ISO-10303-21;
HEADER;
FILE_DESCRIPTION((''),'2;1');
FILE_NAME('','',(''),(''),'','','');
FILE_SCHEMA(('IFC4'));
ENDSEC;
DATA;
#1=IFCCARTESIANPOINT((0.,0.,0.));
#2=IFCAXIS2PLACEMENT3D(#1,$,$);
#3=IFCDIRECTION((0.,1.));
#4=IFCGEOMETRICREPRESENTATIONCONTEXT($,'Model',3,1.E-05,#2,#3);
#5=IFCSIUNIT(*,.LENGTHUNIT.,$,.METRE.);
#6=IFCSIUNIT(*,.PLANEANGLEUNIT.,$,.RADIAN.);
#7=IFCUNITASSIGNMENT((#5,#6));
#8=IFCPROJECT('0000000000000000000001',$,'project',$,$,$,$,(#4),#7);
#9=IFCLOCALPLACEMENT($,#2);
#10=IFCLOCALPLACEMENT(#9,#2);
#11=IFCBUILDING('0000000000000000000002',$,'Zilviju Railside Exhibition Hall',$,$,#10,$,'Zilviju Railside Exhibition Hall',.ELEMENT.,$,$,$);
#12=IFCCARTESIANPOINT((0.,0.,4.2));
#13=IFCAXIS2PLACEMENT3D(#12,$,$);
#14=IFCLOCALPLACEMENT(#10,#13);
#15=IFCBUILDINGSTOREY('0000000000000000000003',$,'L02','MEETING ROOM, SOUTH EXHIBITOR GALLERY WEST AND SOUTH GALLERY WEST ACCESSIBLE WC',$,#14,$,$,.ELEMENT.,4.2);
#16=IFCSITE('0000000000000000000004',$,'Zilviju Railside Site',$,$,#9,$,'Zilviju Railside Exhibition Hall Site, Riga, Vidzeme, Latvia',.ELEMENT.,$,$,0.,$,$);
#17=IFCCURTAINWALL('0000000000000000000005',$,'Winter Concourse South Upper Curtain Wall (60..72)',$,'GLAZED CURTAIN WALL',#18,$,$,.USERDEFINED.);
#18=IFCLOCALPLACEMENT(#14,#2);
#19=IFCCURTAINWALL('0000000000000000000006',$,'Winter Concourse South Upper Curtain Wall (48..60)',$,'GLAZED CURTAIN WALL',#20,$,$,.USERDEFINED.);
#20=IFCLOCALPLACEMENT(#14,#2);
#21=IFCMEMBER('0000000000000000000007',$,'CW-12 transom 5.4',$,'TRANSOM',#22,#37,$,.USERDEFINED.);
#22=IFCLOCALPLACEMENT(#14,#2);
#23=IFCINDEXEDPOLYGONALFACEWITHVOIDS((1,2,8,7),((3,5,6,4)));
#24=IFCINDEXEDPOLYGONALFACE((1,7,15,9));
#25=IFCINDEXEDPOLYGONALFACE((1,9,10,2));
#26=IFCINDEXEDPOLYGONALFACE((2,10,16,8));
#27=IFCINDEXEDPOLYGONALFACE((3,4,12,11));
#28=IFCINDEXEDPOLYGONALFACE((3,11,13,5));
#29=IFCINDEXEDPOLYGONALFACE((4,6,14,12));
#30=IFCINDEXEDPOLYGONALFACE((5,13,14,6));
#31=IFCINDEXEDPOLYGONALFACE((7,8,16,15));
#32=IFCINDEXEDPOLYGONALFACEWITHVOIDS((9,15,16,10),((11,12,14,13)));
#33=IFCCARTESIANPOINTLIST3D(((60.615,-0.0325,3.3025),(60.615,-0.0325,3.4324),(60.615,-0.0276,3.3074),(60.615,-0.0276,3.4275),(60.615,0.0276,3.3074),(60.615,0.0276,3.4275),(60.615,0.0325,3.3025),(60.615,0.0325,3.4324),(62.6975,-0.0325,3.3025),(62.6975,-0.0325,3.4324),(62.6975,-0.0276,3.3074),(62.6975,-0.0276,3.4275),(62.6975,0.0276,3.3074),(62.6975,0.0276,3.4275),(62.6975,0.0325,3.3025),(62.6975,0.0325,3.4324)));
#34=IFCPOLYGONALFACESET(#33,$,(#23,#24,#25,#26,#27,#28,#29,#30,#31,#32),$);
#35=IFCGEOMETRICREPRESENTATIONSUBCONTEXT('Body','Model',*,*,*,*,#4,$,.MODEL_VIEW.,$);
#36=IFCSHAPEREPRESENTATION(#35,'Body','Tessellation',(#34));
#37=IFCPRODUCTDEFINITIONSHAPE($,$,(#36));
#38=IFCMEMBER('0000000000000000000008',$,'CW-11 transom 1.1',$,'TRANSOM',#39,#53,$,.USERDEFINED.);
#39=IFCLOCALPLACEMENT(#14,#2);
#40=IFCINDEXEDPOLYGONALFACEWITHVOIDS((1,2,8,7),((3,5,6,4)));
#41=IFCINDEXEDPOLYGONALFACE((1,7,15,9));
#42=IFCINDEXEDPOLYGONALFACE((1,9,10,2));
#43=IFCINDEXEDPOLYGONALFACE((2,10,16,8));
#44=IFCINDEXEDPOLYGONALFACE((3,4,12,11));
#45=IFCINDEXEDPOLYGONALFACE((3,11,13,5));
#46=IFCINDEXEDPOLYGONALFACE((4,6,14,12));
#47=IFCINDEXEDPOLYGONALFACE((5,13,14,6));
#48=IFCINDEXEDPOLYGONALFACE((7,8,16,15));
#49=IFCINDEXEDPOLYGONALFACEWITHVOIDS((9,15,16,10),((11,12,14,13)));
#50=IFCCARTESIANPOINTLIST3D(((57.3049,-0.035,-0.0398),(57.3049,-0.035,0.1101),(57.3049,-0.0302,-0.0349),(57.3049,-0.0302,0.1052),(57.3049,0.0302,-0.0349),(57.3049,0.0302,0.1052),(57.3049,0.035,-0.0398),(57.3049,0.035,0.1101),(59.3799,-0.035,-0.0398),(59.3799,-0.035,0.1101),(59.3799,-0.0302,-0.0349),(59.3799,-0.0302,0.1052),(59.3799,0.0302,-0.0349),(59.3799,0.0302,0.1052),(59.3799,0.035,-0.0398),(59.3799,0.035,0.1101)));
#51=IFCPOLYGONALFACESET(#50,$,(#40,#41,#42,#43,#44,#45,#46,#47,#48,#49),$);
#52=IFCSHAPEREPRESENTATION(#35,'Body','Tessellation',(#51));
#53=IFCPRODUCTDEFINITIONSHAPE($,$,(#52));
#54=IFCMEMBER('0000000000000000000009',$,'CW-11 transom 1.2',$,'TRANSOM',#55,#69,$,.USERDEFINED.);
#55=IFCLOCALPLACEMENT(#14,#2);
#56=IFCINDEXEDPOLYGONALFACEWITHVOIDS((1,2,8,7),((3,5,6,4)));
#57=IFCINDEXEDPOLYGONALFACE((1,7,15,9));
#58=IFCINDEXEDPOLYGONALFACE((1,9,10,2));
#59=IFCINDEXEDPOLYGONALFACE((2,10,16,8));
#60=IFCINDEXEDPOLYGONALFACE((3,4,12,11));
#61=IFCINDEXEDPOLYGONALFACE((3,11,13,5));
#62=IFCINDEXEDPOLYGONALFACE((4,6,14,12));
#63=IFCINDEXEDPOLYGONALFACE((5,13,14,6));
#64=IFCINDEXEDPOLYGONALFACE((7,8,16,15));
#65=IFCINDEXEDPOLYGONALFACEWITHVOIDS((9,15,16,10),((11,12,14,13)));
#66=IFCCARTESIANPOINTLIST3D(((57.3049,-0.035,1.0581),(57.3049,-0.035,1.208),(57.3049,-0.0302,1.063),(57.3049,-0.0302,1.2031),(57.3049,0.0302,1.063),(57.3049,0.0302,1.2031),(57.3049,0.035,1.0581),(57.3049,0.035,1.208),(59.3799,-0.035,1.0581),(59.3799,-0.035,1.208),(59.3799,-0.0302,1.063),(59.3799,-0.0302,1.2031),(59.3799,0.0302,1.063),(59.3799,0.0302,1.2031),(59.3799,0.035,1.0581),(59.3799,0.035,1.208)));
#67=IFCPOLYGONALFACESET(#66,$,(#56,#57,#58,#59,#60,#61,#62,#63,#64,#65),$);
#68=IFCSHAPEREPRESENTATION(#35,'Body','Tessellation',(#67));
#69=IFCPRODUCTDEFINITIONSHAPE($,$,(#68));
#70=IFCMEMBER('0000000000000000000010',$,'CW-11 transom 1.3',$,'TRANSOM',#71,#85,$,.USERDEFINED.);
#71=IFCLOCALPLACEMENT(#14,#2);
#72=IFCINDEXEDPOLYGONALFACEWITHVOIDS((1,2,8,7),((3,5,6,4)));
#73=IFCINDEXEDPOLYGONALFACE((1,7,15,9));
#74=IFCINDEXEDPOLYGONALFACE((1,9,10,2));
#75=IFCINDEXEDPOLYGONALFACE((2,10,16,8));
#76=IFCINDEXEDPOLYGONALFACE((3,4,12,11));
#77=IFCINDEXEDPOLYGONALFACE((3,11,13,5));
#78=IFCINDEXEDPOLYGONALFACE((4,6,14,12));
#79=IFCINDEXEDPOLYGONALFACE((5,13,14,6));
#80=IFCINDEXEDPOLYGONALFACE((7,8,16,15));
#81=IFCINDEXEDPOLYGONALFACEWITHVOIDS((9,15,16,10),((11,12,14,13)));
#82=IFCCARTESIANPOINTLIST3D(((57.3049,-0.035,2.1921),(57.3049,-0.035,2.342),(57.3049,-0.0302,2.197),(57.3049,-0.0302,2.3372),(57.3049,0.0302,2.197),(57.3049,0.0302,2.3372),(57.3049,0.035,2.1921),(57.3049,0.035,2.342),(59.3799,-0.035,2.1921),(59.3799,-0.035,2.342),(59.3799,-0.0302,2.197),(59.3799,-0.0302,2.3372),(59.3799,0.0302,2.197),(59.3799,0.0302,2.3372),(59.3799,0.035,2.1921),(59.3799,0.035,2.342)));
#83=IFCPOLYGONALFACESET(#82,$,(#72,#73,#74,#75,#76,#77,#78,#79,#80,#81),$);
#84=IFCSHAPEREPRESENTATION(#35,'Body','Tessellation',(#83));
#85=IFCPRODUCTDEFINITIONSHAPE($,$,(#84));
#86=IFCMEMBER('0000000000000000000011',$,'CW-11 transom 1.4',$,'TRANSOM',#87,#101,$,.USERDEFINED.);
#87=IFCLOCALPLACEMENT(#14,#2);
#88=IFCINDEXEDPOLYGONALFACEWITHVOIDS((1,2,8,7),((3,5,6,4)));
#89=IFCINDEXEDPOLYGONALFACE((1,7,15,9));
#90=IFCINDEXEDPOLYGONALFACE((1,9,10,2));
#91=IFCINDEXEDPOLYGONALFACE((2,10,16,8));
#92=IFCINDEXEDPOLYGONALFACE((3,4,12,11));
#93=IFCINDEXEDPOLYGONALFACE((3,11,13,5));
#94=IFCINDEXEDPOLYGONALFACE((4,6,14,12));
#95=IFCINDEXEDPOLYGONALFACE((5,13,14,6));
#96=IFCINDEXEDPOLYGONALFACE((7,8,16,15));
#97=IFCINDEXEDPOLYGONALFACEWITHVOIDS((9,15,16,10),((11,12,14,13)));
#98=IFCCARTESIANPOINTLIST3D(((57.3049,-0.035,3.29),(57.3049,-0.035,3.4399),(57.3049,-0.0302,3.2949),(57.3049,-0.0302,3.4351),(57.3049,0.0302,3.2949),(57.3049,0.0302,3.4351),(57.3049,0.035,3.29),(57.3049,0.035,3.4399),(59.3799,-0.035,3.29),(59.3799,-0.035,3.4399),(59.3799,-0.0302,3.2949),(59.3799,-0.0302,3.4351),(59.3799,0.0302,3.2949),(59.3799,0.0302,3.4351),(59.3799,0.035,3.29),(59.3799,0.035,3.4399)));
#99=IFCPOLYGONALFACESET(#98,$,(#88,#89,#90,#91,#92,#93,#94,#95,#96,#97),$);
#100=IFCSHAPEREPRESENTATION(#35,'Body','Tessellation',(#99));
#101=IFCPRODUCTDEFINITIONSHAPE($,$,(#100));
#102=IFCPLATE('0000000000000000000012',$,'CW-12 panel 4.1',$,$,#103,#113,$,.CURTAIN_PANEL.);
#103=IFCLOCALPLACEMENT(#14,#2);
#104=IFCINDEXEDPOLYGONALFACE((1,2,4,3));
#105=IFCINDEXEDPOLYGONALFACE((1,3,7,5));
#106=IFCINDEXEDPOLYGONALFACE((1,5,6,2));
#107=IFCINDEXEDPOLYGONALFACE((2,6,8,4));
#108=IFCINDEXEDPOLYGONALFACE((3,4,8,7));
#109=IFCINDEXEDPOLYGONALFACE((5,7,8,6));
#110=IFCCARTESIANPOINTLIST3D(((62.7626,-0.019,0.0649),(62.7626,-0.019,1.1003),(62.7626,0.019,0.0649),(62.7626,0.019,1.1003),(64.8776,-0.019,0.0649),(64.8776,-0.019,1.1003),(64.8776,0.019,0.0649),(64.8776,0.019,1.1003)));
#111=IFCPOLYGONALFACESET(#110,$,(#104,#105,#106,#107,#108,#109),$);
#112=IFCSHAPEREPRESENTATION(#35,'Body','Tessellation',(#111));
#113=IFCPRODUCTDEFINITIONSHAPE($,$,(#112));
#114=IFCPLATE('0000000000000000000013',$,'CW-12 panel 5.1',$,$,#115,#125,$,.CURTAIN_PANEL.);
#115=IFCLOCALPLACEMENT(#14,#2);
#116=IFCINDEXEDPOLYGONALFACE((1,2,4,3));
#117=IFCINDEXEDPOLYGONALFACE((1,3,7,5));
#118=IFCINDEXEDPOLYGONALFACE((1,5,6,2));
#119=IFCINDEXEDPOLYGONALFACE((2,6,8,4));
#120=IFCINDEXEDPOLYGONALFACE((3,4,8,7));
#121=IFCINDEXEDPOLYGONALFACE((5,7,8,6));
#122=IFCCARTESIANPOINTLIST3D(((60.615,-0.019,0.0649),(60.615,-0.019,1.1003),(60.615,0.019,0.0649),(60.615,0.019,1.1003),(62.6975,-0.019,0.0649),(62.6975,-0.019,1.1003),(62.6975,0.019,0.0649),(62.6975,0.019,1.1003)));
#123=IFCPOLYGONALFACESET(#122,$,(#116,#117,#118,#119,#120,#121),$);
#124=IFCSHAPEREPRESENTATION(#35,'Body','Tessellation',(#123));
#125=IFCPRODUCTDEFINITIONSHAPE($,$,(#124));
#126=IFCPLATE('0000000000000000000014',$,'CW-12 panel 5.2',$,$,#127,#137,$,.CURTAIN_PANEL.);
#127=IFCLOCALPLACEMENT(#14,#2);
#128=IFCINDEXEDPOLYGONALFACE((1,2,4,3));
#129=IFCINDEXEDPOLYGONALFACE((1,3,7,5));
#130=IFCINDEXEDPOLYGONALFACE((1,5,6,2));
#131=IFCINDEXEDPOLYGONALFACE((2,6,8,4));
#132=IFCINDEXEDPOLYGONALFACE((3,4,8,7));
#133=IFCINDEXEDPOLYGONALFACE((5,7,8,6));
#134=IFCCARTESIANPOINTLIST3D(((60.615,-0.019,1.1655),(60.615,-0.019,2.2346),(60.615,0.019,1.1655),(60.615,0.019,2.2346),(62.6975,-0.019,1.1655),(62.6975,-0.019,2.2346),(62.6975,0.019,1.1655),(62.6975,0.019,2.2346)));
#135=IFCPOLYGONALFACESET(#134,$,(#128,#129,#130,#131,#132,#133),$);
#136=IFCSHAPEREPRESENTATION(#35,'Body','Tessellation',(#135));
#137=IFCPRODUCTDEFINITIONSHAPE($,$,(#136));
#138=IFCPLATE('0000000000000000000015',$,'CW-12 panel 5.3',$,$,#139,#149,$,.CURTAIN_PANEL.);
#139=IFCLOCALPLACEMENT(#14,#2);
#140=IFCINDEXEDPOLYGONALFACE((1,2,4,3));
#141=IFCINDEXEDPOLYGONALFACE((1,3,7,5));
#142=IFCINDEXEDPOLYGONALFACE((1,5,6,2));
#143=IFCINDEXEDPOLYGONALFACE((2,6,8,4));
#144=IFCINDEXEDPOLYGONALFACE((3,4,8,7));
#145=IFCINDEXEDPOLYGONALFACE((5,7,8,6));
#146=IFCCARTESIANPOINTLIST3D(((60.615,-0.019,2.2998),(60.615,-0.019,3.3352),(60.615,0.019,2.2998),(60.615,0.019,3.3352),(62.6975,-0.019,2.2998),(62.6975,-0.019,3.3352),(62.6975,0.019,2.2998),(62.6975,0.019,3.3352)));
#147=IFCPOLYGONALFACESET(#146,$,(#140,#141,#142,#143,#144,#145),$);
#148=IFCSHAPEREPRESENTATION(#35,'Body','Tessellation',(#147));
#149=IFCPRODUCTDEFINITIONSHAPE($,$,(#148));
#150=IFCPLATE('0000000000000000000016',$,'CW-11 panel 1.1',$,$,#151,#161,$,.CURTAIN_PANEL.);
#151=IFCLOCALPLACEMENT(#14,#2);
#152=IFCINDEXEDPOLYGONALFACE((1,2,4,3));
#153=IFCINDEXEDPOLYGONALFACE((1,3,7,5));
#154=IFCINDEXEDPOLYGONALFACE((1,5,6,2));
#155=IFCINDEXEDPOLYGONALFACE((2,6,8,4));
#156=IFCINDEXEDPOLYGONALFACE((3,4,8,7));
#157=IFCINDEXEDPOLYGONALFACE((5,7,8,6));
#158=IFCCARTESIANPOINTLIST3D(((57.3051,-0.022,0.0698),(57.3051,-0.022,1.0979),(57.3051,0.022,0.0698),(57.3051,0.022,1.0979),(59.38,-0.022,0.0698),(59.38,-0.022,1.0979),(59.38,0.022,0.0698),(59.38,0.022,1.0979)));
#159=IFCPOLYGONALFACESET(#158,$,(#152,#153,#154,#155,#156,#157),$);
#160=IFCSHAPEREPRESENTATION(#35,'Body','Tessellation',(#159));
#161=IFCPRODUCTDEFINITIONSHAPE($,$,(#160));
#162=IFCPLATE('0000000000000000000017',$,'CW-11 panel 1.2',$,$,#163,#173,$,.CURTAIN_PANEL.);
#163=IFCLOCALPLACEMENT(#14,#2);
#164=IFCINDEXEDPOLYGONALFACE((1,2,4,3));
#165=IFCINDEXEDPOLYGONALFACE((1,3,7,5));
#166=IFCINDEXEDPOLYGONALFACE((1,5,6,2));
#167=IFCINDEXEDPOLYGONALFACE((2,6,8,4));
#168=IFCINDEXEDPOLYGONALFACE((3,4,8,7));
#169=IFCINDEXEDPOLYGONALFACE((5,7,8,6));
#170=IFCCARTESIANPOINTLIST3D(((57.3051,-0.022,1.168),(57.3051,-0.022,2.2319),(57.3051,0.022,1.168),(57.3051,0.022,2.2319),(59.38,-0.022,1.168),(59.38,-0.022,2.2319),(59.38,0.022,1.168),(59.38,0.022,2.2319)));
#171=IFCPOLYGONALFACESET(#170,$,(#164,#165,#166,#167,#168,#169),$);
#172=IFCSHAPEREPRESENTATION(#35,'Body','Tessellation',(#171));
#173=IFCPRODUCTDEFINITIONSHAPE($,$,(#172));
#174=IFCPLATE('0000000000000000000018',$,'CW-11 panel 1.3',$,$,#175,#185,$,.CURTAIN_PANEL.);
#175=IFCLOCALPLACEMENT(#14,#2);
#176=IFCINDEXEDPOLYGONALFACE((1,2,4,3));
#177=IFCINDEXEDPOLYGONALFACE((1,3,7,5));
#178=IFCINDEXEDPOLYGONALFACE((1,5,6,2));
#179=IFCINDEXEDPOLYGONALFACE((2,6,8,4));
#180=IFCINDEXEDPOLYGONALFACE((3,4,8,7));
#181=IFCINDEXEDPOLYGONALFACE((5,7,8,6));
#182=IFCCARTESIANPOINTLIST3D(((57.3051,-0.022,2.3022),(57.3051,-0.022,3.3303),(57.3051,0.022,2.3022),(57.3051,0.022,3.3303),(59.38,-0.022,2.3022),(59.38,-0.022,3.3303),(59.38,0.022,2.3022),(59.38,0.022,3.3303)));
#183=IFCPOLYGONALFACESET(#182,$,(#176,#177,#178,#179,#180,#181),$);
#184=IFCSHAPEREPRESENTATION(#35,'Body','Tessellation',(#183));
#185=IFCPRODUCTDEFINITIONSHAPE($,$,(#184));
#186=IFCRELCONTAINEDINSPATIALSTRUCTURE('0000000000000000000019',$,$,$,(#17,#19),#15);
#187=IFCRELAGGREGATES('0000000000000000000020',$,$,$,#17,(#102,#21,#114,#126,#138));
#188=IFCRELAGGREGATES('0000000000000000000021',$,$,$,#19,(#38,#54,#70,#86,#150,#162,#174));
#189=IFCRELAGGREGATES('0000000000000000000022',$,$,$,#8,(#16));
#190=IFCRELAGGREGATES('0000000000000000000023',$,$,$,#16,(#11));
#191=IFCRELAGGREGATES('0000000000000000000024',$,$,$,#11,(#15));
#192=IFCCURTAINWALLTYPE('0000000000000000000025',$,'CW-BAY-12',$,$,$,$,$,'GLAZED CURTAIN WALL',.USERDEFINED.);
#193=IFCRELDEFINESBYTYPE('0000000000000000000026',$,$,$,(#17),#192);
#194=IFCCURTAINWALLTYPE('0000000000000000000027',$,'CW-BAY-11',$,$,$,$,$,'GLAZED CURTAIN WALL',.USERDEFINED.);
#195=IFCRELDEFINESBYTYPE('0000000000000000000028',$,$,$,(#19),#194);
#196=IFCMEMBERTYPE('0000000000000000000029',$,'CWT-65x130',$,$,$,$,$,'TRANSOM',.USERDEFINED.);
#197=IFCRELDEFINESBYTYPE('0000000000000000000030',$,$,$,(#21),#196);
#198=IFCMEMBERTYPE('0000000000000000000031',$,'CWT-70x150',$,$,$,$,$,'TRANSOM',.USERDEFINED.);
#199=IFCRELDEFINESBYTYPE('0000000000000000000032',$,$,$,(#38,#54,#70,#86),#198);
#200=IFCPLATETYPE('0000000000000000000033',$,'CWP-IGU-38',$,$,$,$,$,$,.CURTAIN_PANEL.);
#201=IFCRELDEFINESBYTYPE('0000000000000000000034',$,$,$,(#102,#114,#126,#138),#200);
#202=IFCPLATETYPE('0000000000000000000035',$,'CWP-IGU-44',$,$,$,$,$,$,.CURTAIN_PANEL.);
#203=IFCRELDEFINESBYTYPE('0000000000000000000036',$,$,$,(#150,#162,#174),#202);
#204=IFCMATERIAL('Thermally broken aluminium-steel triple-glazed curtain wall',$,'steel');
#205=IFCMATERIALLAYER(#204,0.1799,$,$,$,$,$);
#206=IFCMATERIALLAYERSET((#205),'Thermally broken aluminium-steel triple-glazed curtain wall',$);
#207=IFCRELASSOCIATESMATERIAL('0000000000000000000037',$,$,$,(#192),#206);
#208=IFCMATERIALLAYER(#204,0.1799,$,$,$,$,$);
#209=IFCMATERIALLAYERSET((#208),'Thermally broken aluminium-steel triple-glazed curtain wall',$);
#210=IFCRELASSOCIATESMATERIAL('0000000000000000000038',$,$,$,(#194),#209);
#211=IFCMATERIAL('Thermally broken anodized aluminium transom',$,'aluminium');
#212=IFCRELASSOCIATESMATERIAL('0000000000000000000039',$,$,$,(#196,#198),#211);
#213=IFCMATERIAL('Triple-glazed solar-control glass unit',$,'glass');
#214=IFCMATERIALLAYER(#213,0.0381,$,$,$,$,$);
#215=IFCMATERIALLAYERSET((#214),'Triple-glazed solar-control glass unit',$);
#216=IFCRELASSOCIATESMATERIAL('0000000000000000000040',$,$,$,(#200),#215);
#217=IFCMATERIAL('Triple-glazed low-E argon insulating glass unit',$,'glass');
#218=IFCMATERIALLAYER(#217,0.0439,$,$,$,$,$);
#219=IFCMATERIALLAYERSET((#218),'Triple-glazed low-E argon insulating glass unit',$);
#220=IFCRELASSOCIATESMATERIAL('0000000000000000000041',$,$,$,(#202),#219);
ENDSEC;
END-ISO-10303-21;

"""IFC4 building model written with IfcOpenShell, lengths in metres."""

from ifc_helpers import new_model, si_unit, direction, frame, origin, origin_2d, place, context, subcontext, project, spatial, rectangle, hollow_rectangle, extrude, material, layer, layer_set, material_profile, profile_set, type_object, element, aggregate, save


model = new_model("IFC4")

# Units and contexts
model_context = context("Model", 3, precision=1e-05, world=origin(), true_north=direction((0.0, 1.0)))
body_context = subcontext(model_context, "Body", "Model", "MODEL_VIEW")
ifc_project = project(units=[si_unit("LENGTHUNIT", "METRE"), si_unit("PLANEANGLEUNIT", "RADIAN")], contexts=[model_context])

# Site, building, storey
site_placement = place(None, origin())
site = spatial("IfcSite", under=ifc_project, at=site_placement, Name="Zilviju Railside Site", LongName="Zilviju Railside Exhibition Hall Site, Riga, Vidzeme, Latvia", CompositionType="ELEMENT", RefElevation=0.0)
building_placement = place(site_placement, origin())
building = spatial("IfcBuilding", under=site, at=building_placement, Name="Zilviju Railside Exhibition Hall", LongName="Zilviju Railside Exhibition Hall", CompositionType="ELEMENT")
storey_placement = place(building_placement, frame((0.0, 0.0, 4.2)))
storey = spatial("IfcBuildingStorey", under=building, at=storey_placement, Name="L02", Description="MEETING ROOM, SOUTH EXHIBITOR GALLERY WEST AND SOUTH GALLERY WEST ACCESSIBLE WC", CompositionType="ELEMENT", Elevation=4.2)

# Curtain wall
ifc_material_1 = material(Name="Thermally broken aluminium-steel triple-glazed curtain wall", Category="steel")
ifc_layer_1 = layer(ifc_material_1, 0.1799)
ifc_layer_set_1 = layer_set([ifc_layer_1], Name="Thermally broken aluminium-steel triple-glazed curtain wall")
curtain_wall_type_1 = type_object("IfcCurtainWallType", Name="CW-BAY-12", ElementType="GLAZED CURTAIN WALL", PredefinedType="USERDEFINED", material=ifc_layer_set_1)
curtain_wall_1_placement = place(storey_placement, origin())
curtain_wall_1 = element("IfcCurtainWall", 1, at=curtain_wall_1_placement, inside=storey, type_object=curtain_wall_type_1, Name="Winter Concourse South Upper Curtain Wall (60..72)", ObjectType="GLAZED CURTAIN WALL", PredefinedType="USERDEFINED")

# Curtain wall
ifc_layer_2 = layer(ifc_material_1, 0.1799)
ifc_layer_set_2 = layer_set([ifc_layer_2], Name="Thermally broken aluminium-steel triple-glazed curtain wall")
curtain_wall_type_2 = type_object("IfcCurtainWallType", Name="CW-BAY-11", ElementType="GLAZED CURTAIN WALL", PredefinedType="USERDEFINED", material=ifc_layer_set_2)
curtain_wall_2_placement = place(storey_placement, origin())
curtain_wall_2 = element("IfcCurtainWall", 2, at=curtain_wall_2_placement, inside=storey, type_object=curtain_wall_type_2, Name="Winter Concourse South Upper Curtain Wall (48..60)", ObjectType="GLAZED CURTAIN WALL", PredefinedType="USERDEFINED")

# Members
ifc_material_2 = material(Name="Thermally broken anodized aluminium transom", Category="aluminium")
ifc_material_profile_1 = material_profile(ifc_material_2, hollow_rectangle(XDim=0.0649, YDim=0.1299, WallThickness=0.0049, at=origin_2d()), Name="TRANSOM 130x65x5")
ifc_profile_set_1 = profile_set([ifc_material_profile_1], Name="Thermally broken anodized aluminium transom")
member_type_1 = type_object("IfcMemberType", Name="CWT-65x130", ElementType="TRANSOM", PredefinedType="USERDEFINED", material=ifc_profile_set_1)
member_1_placement = place(storey_placement, frame((62.6975, 0.0, 3.3674), z_axis=(-1.0, 0.0, 0.0), x_axis=(0.0, -1.0, 0.0)))
member_1 = element("IfcMember", 3, at=member_1_placement, type_object=member_type_1, Name="CW-12 transom 5.4", ObjectType="TRANSOM", PredefinedType="USERDEFINED", context=body_context, shape_type="SweptSolid", body=[
    extrude(hollow_rectangle(XDim=0.0649, YDim=0.1299, WallThickness=0.0049, at=origin_2d()), origin(), (0.0, 0.0, 1.0), 2.0825),
])
ifc_material_profile_2 = material_profile(ifc_material_2, hollow_rectangle(XDim=0.0701, YDim=0.1499, WallThickness=0.0049, at=origin_2d()), Name="TRANSOM 150x70x5")
ifc_profile_set_2 = profile_set([ifc_material_profile_2], Name="Thermally broken anodized aluminium transom")
member_type_2 = type_object("IfcMemberType", Name="CWT-70x150", ElementType="TRANSOM", PredefinedType="USERDEFINED", material=ifc_profile_set_2)
member_2_placement = place(storey_placement, frame((59.3799, 0.0, 0.0352), z_axis=(-1.0, 0.0, 0.0), x_axis=(0.0, -1.0, 0.0)))
member_2 = element("IfcMember", 4, at=member_2_placement, type_object=member_type_2, Name="CW-11 transom 1.1", ObjectType="TRANSOM", PredefinedType="USERDEFINED", context=body_context, shape_type="SweptSolid", body=[
    extrude(hollow_rectangle(XDim=0.0701, YDim=0.1499, WallThickness=0.0049, at=origin_2d()), origin(), (0.0, 0.0, 1.0), 2.075),
])
member_3_placement = place(storey_placement, frame((59.3799, 0.0, 1.1331), z_axis=(-1.0, 0.0, 0.0), x_axis=(0.0, -1.0, 0.0)))
member_3 = element("IfcMember", 5, at=member_3_placement, type_object=member_type_2, Name="CW-11 transom 1.2", ObjectType="TRANSOM", PredefinedType="USERDEFINED", context=body_context, shape_type="SweptSolid", body=[
    extrude(hollow_rectangle(XDim=0.0701, YDim=0.1499, WallThickness=0.0049, at=origin_2d()), origin(), (0.0, 0.0, 1.0), 2.075),
])
member_4_placement = place(storey_placement, frame((59.3799, 0.0, 2.2671), z_axis=(-1.0, 0.0, 0.0), x_axis=(0.0, -1.0, 0.0)))
member_4 = element("IfcMember", 6, at=member_4_placement, type_object=member_type_2, Name="CW-11 transom 1.3", ObjectType="TRANSOM", PredefinedType="USERDEFINED", context=body_context, shape_type="SweptSolid", body=[
    extrude(hollow_rectangle(XDim=0.0701, YDim=0.1499, WallThickness=0.0049, at=origin_2d()), origin(), (0.0, 0.0, 1.0), 2.075),
])
member_5_placement = place(storey_placement, frame((59.3799, 0.0, 3.365), z_axis=(-1.0, 0.0, 0.0), x_axis=(0.0, -1.0, 0.0)))
member_5 = element("IfcMember", 7, at=member_5_placement, type_object=member_type_2, Name="CW-11 transom 1.4", ObjectType="TRANSOM", PredefinedType="USERDEFINED", context=body_context, shape_type="SweptSolid", body=[
    extrude(hollow_rectangle(XDim=0.0701, YDim=0.1499, WallThickness=0.0049, at=origin_2d()), origin(), (0.0, 0.0, 1.0), 2.075),
])

# Plates
ifc_material_3 = material(Name="Triple-glazed solar-control glass unit", Category="glass")
ifc_layer_3 = layer(ifc_material_3, 0.0381)
ifc_layer_set_3 = layer_set([ifc_layer_3], Name="Triple-glazed solar-control glass unit")
plate_type_1 = type_object("IfcPlateType", Name="CWP-IGU-38", PredefinedType="CURTAIN_PANEL", material=ifc_layer_set_3)
plate_1_placement = place(storey_placement, frame((63.8201, 0.0, 0.0649), z_axis=(0.0, 0.0, 1.0), x_axis=(-1.0, 0.0, 0.0)))
plate_1 = element("IfcPlate", 8, at=plate_1_placement, type_object=plate_type_1, Name="CW-12 panel 4.1", PredefinedType="CURTAIN_PANEL", context=body_context, shape_type="SweptSolid", body=[
    extrude(rectangle(XDim=2.115, YDim=0.0381, at=origin_2d()), origin(), (0.0, 0.0, 1.0), 1.0354),
])
plate_2_placement = place(storey_placement, frame((61.6562, 0.0, 0.0649), z_axis=(0.0, 0.0, 1.0), x_axis=(-1.0, 0.0, 0.0)))
plate_2 = element("IfcPlate", 9, at=plate_2_placement, type_object=plate_type_1, Name="CW-12 panel 5.1", PredefinedType="CURTAIN_PANEL", context=body_context, shape_type="SweptSolid", body=[
    extrude(rectangle(XDim=2.0825, YDim=0.0381, at=origin_2d()), origin(), (0.0, 0.0, 1.0), 1.0354),
])
plate_3_placement = place(storey_placement, frame((61.6562, 0.0, 1.1655), z_axis=(0.0, 0.0, 1.0), x_axis=(-1.0, 0.0, 0.0)))
plate_3 = element("IfcPlate", 10, at=plate_3_placement, type_object=plate_type_1, Name="CW-12 panel 5.2", PredefinedType="CURTAIN_PANEL", context=body_context, shape_type="SweptSolid", body=[
    extrude(rectangle(XDim=2.0825, YDim=0.0381, at=origin_2d()), origin(), (0.0, 0.0, 1.0), 1.0691),
])
plate_4_placement = place(storey_placement, frame((61.6562, 0.0, 2.2998), z_axis=(0.0, 0.0, 1.0), x_axis=(-1.0, 0.0, 0.0)))
plate_4 = element("IfcPlate", 11, at=plate_4_placement, type_object=plate_type_1, Name="CW-12 panel 5.3", PredefinedType="CURTAIN_PANEL", context=body_context, shape_type="SweptSolid", body=[
    extrude(rectangle(XDim=2.0825, YDim=0.0381, at=origin_2d()), origin(), (0.0, 0.0, 1.0), 1.0354),
])
aggregate(curtain_wall_1, [plate_1, member_1, plate_2, plate_3, plate_4])
ifc_material_4 = material(Name="Triple-glazed low-E argon insulating glass unit", Category="glass")
ifc_layer_4 = layer(ifc_material_4, 0.0439)
ifc_layer_set_4 = layer_set([ifc_layer_4], Name="Triple-glazed low-E argon insulating glass unit")
plate_type_2 = type_object("IfcPlateType", Name="CWP-IGU-44", PredefinedType="CURTAIN_PANEL", material=ifc_layer_set_4)
plate_5_placement = place(storey_placement, frame((58.3425, 0.0, 0.0698), z_axis=(0.0, 0.0, 1.0), x_axis=(-1.0, 0.0, 0.0)))
plate_5 = element("IfcPlate", 12, at=plate_5_placement, type_object=plate_type_2, Name="CW-11 panel 1.1", PredefinedType="CURTAIN_PANEL", context=body_context, shape_type="SweptSolid", body=[
    extrude(rectangle(XDim=2.075, YDim=0.0439, at=origin_2d()), origin(), (0.0, 0.0, 1.0), 1.0281),
])
plate_6_placement = place(storey_placement, frame((58.3425, 0.0, 1.168), z_axis=(0.0, 0.0, 1.0), x_axis=(-1.0, 0.0, 0.0)))
plate_6 = element("IfcPlate", 13, at=plate_6_placement, type_object=plate_type_2, Name="CW-11 panel 1.2", PredefinedType="CURTAIN_PANEL", context=body_context, shape_type="SweptSolid", body=[
    extrude(rectangle(XDim=2.075, YDim=0.0439, at=origin_2d()), origin(), (0.0, 0.0, 1.0), 1.064),
])
plate_7_placement = place(storey_placement, frame((58.3425, 0.0, 2.3022), z_axis=(0.0, 0.0, 1.0), x_axis=(-1.0, 0.0, 0.0)))
plate_7 = element("IfcPlate", 14, at=plate_7_placement, type_object=plate_type_2, Name="CW-11 panel 1.3", PredefinedType="CURTAIN_PANEL", context=body_context, shape_type="SweptSolid", body=[
    extrude(rectangle(XDim=2.075, YDim=0.0439, at=origin_2d()), origin(), (0.0, 0.0, 1.0), 1.0281),
])
aggregate(curtain_wall_2, [member_2, member_3, member_4, member_5, plate_5, plate_6, plate_7])

save(model, "model.ifc")
